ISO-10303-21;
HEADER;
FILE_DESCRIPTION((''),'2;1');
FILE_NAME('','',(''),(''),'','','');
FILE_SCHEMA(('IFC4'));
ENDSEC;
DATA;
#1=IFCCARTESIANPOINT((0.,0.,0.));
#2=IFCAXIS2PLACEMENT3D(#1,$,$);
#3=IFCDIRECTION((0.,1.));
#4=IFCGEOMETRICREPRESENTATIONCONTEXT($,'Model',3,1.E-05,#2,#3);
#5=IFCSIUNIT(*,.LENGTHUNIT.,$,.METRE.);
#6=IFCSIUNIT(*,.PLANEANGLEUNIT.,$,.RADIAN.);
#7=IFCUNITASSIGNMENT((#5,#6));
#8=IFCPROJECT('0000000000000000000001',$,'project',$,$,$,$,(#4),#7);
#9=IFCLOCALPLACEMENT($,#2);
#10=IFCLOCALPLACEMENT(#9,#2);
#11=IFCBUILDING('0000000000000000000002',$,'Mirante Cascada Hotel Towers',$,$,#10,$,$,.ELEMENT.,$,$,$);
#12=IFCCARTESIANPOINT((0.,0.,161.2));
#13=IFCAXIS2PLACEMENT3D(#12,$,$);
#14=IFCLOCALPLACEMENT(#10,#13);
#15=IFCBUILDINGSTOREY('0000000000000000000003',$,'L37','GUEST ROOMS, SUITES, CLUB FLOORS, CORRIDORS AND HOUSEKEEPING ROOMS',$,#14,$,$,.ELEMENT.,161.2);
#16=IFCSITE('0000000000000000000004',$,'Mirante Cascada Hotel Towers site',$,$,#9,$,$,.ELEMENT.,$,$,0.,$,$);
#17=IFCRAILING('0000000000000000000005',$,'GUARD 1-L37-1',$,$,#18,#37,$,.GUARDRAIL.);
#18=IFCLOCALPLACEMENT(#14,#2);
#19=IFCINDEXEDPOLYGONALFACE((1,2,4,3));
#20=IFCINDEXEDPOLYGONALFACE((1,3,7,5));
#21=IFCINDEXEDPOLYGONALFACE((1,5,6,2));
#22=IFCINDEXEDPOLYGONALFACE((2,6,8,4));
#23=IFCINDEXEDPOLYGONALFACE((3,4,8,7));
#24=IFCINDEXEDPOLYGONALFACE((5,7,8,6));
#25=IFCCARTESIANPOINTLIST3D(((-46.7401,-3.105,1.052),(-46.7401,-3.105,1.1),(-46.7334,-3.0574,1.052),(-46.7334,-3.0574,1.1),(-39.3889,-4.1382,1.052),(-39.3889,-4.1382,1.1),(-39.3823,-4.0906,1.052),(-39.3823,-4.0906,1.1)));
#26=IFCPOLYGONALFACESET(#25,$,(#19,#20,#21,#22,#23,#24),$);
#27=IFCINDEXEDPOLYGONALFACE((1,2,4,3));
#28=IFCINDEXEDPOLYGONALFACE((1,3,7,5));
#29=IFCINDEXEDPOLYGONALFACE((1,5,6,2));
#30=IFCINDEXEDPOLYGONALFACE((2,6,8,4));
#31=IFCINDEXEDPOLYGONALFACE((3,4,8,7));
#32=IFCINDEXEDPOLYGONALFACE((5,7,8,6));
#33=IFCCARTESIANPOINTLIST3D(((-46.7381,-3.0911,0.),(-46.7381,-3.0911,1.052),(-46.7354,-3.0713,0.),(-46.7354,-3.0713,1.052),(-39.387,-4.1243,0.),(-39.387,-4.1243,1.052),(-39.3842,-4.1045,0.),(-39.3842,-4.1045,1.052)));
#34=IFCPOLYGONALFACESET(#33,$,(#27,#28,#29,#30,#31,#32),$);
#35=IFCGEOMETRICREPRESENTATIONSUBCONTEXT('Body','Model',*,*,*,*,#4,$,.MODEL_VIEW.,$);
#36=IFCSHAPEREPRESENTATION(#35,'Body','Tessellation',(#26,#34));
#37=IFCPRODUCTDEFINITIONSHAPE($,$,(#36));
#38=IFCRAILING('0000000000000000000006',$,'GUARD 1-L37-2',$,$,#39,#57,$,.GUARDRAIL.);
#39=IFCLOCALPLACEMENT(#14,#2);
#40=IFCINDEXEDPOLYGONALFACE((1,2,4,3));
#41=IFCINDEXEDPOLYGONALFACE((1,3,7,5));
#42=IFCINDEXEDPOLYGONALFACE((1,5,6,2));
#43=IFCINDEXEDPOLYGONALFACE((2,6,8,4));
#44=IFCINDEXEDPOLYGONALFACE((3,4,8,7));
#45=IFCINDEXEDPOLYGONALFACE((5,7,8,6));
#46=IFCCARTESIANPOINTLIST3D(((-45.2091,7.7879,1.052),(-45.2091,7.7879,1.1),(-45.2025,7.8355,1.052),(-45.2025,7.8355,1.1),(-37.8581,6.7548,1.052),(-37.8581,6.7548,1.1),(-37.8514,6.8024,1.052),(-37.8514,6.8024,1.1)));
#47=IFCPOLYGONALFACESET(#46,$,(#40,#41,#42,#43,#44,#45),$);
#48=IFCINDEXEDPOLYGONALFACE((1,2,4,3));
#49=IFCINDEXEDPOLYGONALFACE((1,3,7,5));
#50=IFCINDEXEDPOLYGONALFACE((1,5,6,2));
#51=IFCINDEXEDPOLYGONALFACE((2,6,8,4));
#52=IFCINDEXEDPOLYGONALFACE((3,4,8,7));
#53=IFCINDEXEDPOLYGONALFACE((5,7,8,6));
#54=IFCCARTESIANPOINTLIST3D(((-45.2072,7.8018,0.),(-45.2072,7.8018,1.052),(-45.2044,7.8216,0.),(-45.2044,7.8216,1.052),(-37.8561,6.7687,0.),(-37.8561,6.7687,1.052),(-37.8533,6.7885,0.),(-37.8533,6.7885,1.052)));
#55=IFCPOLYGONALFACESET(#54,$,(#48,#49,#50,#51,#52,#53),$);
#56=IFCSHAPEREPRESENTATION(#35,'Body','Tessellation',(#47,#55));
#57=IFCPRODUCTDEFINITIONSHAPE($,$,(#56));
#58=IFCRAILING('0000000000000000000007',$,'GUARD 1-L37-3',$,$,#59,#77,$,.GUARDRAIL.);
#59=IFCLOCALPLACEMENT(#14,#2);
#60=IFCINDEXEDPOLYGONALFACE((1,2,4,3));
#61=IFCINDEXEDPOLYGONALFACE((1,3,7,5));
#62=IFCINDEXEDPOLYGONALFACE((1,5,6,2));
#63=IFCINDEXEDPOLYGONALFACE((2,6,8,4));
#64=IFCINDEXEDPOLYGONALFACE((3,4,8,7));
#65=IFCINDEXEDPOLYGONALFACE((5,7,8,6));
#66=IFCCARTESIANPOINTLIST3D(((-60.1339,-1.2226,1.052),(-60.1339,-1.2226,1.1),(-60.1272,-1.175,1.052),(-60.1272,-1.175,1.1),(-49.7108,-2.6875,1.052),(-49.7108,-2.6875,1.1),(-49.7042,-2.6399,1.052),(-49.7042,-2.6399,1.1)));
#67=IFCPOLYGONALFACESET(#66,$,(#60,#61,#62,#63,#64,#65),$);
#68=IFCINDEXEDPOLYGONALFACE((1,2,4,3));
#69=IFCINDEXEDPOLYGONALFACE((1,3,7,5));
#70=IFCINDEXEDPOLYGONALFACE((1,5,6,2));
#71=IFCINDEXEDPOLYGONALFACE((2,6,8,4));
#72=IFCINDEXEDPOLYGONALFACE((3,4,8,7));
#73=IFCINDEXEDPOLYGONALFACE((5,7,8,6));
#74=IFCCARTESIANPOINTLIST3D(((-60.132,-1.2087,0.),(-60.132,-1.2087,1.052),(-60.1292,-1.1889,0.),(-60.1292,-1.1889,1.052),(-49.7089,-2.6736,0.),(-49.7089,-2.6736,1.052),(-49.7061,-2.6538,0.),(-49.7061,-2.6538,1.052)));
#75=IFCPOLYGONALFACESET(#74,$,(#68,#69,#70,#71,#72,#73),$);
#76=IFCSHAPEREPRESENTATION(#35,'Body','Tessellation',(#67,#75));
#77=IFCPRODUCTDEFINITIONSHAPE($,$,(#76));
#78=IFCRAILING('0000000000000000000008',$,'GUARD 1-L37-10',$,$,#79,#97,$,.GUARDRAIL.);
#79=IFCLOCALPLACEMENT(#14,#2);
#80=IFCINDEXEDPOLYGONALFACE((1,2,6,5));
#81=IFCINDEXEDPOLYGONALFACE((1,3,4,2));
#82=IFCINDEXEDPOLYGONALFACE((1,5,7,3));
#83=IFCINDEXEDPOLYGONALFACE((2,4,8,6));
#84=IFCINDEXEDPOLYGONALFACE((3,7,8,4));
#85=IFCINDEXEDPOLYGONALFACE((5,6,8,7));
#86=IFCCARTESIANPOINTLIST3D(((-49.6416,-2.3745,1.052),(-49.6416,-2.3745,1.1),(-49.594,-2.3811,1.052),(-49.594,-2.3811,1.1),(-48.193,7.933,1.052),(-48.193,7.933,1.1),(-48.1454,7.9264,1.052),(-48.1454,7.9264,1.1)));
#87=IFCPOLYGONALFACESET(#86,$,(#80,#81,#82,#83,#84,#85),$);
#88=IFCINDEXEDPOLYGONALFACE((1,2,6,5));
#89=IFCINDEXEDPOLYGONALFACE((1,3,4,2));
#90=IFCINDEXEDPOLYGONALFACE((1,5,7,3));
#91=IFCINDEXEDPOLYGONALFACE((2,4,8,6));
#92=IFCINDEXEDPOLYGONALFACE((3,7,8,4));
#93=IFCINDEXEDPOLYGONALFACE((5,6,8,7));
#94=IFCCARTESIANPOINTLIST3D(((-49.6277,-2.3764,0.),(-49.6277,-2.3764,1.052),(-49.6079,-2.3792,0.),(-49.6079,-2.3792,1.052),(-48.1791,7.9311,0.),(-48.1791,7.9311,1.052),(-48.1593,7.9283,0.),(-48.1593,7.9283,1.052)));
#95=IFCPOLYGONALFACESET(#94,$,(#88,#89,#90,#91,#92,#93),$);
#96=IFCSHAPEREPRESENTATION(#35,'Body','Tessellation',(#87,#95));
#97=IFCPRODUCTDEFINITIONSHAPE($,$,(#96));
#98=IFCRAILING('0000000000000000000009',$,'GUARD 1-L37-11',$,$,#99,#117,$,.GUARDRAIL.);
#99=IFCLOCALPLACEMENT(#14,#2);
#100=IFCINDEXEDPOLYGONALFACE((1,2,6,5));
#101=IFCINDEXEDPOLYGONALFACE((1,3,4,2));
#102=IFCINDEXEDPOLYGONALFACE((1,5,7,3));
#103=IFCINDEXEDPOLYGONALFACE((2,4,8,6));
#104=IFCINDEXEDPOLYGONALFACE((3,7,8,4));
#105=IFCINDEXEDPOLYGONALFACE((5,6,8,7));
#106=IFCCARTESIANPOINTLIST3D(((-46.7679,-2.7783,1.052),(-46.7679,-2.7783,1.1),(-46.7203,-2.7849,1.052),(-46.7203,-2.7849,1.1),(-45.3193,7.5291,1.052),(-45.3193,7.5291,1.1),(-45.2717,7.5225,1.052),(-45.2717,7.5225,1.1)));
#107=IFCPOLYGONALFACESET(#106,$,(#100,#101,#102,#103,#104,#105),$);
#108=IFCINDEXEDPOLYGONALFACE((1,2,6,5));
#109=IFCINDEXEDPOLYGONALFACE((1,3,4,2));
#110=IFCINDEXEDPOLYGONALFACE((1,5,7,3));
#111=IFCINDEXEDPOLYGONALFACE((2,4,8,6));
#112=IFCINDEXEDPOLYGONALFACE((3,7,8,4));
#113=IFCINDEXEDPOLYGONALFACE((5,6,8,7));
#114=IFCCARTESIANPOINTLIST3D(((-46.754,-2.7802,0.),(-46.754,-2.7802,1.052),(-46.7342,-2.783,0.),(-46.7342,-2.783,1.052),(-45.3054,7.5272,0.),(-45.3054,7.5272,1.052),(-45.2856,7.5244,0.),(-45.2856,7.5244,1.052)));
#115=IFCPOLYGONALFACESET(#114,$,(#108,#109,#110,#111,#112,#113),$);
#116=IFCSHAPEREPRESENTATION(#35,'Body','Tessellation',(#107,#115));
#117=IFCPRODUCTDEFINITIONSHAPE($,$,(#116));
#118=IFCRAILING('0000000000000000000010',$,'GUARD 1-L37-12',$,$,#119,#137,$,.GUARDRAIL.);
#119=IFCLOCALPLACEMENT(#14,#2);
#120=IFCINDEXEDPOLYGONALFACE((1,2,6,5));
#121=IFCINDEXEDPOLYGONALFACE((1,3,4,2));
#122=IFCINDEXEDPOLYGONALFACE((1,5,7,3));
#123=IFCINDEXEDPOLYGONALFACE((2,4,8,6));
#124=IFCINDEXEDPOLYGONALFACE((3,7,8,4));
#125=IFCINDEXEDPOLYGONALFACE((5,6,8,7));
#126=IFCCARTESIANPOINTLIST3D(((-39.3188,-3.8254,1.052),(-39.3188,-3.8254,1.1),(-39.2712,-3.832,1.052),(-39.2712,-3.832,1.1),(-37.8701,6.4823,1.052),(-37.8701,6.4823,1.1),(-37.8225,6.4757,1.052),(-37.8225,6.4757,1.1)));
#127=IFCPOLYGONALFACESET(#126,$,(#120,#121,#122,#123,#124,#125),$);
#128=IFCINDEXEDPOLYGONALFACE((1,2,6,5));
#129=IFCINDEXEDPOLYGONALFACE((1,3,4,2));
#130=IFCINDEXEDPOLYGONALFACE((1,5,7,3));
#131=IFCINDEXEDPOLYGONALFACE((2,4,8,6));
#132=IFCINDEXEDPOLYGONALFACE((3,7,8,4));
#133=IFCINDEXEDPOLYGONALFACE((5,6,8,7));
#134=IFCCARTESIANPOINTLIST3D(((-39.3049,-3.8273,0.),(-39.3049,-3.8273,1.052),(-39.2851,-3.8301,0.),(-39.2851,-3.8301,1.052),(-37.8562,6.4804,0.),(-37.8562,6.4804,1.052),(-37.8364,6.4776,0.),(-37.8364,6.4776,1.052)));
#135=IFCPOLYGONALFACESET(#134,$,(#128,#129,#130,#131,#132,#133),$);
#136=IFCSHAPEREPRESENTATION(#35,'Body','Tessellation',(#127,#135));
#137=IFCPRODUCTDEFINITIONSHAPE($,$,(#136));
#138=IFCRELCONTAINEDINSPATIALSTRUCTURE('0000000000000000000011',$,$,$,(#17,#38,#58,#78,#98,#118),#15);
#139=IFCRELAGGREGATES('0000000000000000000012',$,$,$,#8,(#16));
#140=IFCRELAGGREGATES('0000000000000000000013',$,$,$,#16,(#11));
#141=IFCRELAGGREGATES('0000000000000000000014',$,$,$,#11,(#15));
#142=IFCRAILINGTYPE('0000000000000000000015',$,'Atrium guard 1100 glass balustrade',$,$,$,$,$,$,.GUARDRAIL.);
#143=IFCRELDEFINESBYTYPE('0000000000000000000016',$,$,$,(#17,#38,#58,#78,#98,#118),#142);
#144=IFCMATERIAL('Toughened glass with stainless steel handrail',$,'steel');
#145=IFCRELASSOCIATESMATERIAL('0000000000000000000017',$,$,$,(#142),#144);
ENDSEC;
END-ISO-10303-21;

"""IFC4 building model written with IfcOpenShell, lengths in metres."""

from ifc_helpers import new_model, si_unit, direction, frame, origin, origin_2d, place, context, subcontext, project, spatial, rectangle, extrude, material, type_object, element, save


model = new_model("IFC4")

# Units and contexts
model_context = context("Model", 3, precision=1e-05, world=origin(), true_north=direction((0.0, 1.0)))
body_context = subcontext(model_context, "Body", "Model", "MODEL_VIEW")
ifc_project = project(units=[si_unit("LENGTHUNIT", "METRE"), si_unit("PLANEANGLEUNIT", "RADIAN")], contexts=[model_context])

# Site, building, storey
site_placement = place(None, origin())
site = spatial("IfcSite", under=ifc_project, at=site_placement, Name="Mirante Cascada Hotel Towers site", CompositionType="ELEMENT", RefElevation=0.0)
building_placement = place(site_placement, origin())
building = spatial("IfcBuilding", under=site, at=building_placement, Name="Mirante Cascada Hotel Towers", CompositionType="ELEMENT")
storey_placement = place(building_placement, frame((0.0, 0.0, 161.2)))
storey = spatial("IfcBuildingStorey", under=building, at=storey_placement, Name="L37", Description="GUEST ROOMS, SUITES, CLUB FLOORS, CORRIDORS AND HOUSEKEEPING ROOMS", CompositionType="ELEMENT", Elevation=161.2)

# Railings
ifc_material_1 = material(Name="Toughened glass with stainless steel handrail", Category="steel")
railing_type = type_object("IfcRailingType", Name="Atrium guard 1100 glass balustrade", PredefinedType="GUARDRAIL", material=ifc_material_1)
railing_1_placement = place(storey_placement, frame((-39.3856, -4.1144, 0.0)))
element("IfcRailing", 1, at=railing_1_placement, inside=storey, type_object=railing_type, Name="GUARD 1-L37-1", PredefinedType="GUARDRAIL", context=body_context, shape_type="SweptSolid", body=[
    extrude(rectangle(XDim=0.048, YDim=0.048, at=origin_2d()), frame((0.0, 0.0, 1.076), z_axis=(-0.990267, 0.139182, 0.0), x_axis=(-0.139182, -0.990267, 0.0)), (0.0, 0.0, 1.0), 7.4234),
    extrude(rectangle(XDim=0.02, YDim=1.052, at=origin_2d()), frame((0.0, 0.0, 0.526), z_axis=(-0.990267, 0.139182, 0.0), x_axis=(-0.139182, -0.990267, 0.0)), (0.0, 0.0, 1.0), 7.4234),
])
railing_2_placement = place(storey_placement, frame((-45.2058, 7.8117, 0.0)))
element("IfcRailing", 2, at=railing_2_placement, inside=storey, type_object=railing_type, Name="GUARD 1-L37-2", PredefinedType="GUARDRAIL", context=body_context, shape_type="SweptSolid", body=[
    extrude(rectangle(XDim=0.048, YDim=0.048, at=origin_2d()), frame((0.0, 0.0, 1.076), z_axis=(0.990269, -0.139169, 0.0), x_axis=(0.139169, 0.990269, 0.0)), (0.0, 0.0, 1.0), 7.4233),
    extrude(rectangle(XDim=0.02, YDim=1.052, at=origin_2d()), frame((0.0, 0.0, 0.526), z_axis=(0.990269, -0.139169, 0.0), x_axis=(0.139169, 0.990269, 0.0)), (0.0, 0.0, 1.0), 7.4233),
])
railing_3_placement = place(storey_placement, frame((-49.7075, -2.6637, 0.0)))
element("IfcRailing", 3, at=railing_3_placement, inside=storey, type_object=railing_type, Name="GUARD 1-L37-3", PredefinedType="GUARDRAIL", context=body_context, shape_type="SweptSolid", body=[
    extrude(rectangle(XDim=0.048, YDim=0.048, at=origin_2d()), frame((0.0, 0.0, 1.076), z_axis=(-0.990268, 0.139176, 0.0), x_axis=(-0.139176, -0.990268, 0.0)), (0.0, 0.0, 1.0), 10.5255),
    extrude(rectangle(XDim=0.02, YDim=1.052, at=origin_2d()), frame((0.0, 0.0, 0.526), z_axis=(-0.990268, 0.139176, 0.0), x_axis=(-0.139176, -0.990268, 0.0)), (0.0, 0.0, 1.0), 10.5255),
])
railing_4_placement = place(storey_placement, frame((-49.6178, -2.3778, 0.0)))
element("IfcRailing", 4, at=railing_4_placement, inside=storey, type_object=railing_type, Name="GUARD 1-L37-10", PredefinedType="GUARDRAIL", context=body_context, shape_type="SweptSolid", body=[
    extrude(rectangle(XDim=0.048, YDim=0.048, at=origin_2d()), frame((0.0, 0.0, 1.076), z_axis=(0.139171, 0.990268, 0.0), x_axis=(-0.990268, 0.139171, 0.0)), (0.0, 0.0, 1.0), 10.4088),
    extrude(rectangle(XDim=0.02, YDim=1.052, at=origin_2d()), frame((0.0, 0.0, 0.526), z_axis=(0.139171, 0.990268, 0.0), x_axis=(-0.990268, 0.139171, 0.0)), (0.0, 0.0, 1.0), 10.4088),
])
railing_5_placement = place(storey_placement, frame((-45.2955, 7.5258, 0.0)))
element("IfcRailing", 5, at=railing_5_placement, inside=storey, type_object=railing_type, Name="GUARD 1-L37-11", PredefinedType="GUARDRAIL", context=body_context, shape_type="SweptSolid", body=[
    extrude(rectangle(XDim=0.048, YDim=0.048, at=origin_2d()), frame((0.0, 0.0, 1.076), z_axis=(-0.139172, -0.990268, 0.0), x_axis=(0.990268, -0.139172, 0.0)), (0.0, 0.0, 1.0), 10.4087),
    extrude(rectangle(XDim=0.02, YDim=1.052, at=origin_2d()), frame((0.0, 0.0, 0.526), z_axis=(-0.139172, -0.990268, 0.0), x_axis=(0.990268, -0.139172, 0.0)), (0.0, 0.0, 1.0), 10.4087),
])
railing_6_placement = place(storey_placement, frame((-39.295, -3.8287, 0.0)))
element("IfcRailing", 6, at=railing_6_placement, inside=storey, type_object=railing_type, Name="GUARD 1-L37-12", PredefinedType="GUARDRAIL", context=body_context, shape_type="SweptSolid", body=[
    extrude(rectangle(XDim=0.048, YDim=0.048, at=origin_2d()), frame((0.0, 0.0, 1.076), z_axis=(0.139178, 0.990267, 0.0), x_axis=(-0.990267, 0.139178, 0.0)), (0.0, 0.0, 1.0), 10.409),
    extrude(rectangle(XDim=0.02, YDim=1.052, at=origin_2d()), frame((0.0, 0.0, 0.526), z_axis=(0.139178, 0.990267, 0.0), x_axis=(-0.990267, 0.139178, 0.0)), (0.0, 0.0, 1.0), 10.409),
])

save(model, "model.ifc")
